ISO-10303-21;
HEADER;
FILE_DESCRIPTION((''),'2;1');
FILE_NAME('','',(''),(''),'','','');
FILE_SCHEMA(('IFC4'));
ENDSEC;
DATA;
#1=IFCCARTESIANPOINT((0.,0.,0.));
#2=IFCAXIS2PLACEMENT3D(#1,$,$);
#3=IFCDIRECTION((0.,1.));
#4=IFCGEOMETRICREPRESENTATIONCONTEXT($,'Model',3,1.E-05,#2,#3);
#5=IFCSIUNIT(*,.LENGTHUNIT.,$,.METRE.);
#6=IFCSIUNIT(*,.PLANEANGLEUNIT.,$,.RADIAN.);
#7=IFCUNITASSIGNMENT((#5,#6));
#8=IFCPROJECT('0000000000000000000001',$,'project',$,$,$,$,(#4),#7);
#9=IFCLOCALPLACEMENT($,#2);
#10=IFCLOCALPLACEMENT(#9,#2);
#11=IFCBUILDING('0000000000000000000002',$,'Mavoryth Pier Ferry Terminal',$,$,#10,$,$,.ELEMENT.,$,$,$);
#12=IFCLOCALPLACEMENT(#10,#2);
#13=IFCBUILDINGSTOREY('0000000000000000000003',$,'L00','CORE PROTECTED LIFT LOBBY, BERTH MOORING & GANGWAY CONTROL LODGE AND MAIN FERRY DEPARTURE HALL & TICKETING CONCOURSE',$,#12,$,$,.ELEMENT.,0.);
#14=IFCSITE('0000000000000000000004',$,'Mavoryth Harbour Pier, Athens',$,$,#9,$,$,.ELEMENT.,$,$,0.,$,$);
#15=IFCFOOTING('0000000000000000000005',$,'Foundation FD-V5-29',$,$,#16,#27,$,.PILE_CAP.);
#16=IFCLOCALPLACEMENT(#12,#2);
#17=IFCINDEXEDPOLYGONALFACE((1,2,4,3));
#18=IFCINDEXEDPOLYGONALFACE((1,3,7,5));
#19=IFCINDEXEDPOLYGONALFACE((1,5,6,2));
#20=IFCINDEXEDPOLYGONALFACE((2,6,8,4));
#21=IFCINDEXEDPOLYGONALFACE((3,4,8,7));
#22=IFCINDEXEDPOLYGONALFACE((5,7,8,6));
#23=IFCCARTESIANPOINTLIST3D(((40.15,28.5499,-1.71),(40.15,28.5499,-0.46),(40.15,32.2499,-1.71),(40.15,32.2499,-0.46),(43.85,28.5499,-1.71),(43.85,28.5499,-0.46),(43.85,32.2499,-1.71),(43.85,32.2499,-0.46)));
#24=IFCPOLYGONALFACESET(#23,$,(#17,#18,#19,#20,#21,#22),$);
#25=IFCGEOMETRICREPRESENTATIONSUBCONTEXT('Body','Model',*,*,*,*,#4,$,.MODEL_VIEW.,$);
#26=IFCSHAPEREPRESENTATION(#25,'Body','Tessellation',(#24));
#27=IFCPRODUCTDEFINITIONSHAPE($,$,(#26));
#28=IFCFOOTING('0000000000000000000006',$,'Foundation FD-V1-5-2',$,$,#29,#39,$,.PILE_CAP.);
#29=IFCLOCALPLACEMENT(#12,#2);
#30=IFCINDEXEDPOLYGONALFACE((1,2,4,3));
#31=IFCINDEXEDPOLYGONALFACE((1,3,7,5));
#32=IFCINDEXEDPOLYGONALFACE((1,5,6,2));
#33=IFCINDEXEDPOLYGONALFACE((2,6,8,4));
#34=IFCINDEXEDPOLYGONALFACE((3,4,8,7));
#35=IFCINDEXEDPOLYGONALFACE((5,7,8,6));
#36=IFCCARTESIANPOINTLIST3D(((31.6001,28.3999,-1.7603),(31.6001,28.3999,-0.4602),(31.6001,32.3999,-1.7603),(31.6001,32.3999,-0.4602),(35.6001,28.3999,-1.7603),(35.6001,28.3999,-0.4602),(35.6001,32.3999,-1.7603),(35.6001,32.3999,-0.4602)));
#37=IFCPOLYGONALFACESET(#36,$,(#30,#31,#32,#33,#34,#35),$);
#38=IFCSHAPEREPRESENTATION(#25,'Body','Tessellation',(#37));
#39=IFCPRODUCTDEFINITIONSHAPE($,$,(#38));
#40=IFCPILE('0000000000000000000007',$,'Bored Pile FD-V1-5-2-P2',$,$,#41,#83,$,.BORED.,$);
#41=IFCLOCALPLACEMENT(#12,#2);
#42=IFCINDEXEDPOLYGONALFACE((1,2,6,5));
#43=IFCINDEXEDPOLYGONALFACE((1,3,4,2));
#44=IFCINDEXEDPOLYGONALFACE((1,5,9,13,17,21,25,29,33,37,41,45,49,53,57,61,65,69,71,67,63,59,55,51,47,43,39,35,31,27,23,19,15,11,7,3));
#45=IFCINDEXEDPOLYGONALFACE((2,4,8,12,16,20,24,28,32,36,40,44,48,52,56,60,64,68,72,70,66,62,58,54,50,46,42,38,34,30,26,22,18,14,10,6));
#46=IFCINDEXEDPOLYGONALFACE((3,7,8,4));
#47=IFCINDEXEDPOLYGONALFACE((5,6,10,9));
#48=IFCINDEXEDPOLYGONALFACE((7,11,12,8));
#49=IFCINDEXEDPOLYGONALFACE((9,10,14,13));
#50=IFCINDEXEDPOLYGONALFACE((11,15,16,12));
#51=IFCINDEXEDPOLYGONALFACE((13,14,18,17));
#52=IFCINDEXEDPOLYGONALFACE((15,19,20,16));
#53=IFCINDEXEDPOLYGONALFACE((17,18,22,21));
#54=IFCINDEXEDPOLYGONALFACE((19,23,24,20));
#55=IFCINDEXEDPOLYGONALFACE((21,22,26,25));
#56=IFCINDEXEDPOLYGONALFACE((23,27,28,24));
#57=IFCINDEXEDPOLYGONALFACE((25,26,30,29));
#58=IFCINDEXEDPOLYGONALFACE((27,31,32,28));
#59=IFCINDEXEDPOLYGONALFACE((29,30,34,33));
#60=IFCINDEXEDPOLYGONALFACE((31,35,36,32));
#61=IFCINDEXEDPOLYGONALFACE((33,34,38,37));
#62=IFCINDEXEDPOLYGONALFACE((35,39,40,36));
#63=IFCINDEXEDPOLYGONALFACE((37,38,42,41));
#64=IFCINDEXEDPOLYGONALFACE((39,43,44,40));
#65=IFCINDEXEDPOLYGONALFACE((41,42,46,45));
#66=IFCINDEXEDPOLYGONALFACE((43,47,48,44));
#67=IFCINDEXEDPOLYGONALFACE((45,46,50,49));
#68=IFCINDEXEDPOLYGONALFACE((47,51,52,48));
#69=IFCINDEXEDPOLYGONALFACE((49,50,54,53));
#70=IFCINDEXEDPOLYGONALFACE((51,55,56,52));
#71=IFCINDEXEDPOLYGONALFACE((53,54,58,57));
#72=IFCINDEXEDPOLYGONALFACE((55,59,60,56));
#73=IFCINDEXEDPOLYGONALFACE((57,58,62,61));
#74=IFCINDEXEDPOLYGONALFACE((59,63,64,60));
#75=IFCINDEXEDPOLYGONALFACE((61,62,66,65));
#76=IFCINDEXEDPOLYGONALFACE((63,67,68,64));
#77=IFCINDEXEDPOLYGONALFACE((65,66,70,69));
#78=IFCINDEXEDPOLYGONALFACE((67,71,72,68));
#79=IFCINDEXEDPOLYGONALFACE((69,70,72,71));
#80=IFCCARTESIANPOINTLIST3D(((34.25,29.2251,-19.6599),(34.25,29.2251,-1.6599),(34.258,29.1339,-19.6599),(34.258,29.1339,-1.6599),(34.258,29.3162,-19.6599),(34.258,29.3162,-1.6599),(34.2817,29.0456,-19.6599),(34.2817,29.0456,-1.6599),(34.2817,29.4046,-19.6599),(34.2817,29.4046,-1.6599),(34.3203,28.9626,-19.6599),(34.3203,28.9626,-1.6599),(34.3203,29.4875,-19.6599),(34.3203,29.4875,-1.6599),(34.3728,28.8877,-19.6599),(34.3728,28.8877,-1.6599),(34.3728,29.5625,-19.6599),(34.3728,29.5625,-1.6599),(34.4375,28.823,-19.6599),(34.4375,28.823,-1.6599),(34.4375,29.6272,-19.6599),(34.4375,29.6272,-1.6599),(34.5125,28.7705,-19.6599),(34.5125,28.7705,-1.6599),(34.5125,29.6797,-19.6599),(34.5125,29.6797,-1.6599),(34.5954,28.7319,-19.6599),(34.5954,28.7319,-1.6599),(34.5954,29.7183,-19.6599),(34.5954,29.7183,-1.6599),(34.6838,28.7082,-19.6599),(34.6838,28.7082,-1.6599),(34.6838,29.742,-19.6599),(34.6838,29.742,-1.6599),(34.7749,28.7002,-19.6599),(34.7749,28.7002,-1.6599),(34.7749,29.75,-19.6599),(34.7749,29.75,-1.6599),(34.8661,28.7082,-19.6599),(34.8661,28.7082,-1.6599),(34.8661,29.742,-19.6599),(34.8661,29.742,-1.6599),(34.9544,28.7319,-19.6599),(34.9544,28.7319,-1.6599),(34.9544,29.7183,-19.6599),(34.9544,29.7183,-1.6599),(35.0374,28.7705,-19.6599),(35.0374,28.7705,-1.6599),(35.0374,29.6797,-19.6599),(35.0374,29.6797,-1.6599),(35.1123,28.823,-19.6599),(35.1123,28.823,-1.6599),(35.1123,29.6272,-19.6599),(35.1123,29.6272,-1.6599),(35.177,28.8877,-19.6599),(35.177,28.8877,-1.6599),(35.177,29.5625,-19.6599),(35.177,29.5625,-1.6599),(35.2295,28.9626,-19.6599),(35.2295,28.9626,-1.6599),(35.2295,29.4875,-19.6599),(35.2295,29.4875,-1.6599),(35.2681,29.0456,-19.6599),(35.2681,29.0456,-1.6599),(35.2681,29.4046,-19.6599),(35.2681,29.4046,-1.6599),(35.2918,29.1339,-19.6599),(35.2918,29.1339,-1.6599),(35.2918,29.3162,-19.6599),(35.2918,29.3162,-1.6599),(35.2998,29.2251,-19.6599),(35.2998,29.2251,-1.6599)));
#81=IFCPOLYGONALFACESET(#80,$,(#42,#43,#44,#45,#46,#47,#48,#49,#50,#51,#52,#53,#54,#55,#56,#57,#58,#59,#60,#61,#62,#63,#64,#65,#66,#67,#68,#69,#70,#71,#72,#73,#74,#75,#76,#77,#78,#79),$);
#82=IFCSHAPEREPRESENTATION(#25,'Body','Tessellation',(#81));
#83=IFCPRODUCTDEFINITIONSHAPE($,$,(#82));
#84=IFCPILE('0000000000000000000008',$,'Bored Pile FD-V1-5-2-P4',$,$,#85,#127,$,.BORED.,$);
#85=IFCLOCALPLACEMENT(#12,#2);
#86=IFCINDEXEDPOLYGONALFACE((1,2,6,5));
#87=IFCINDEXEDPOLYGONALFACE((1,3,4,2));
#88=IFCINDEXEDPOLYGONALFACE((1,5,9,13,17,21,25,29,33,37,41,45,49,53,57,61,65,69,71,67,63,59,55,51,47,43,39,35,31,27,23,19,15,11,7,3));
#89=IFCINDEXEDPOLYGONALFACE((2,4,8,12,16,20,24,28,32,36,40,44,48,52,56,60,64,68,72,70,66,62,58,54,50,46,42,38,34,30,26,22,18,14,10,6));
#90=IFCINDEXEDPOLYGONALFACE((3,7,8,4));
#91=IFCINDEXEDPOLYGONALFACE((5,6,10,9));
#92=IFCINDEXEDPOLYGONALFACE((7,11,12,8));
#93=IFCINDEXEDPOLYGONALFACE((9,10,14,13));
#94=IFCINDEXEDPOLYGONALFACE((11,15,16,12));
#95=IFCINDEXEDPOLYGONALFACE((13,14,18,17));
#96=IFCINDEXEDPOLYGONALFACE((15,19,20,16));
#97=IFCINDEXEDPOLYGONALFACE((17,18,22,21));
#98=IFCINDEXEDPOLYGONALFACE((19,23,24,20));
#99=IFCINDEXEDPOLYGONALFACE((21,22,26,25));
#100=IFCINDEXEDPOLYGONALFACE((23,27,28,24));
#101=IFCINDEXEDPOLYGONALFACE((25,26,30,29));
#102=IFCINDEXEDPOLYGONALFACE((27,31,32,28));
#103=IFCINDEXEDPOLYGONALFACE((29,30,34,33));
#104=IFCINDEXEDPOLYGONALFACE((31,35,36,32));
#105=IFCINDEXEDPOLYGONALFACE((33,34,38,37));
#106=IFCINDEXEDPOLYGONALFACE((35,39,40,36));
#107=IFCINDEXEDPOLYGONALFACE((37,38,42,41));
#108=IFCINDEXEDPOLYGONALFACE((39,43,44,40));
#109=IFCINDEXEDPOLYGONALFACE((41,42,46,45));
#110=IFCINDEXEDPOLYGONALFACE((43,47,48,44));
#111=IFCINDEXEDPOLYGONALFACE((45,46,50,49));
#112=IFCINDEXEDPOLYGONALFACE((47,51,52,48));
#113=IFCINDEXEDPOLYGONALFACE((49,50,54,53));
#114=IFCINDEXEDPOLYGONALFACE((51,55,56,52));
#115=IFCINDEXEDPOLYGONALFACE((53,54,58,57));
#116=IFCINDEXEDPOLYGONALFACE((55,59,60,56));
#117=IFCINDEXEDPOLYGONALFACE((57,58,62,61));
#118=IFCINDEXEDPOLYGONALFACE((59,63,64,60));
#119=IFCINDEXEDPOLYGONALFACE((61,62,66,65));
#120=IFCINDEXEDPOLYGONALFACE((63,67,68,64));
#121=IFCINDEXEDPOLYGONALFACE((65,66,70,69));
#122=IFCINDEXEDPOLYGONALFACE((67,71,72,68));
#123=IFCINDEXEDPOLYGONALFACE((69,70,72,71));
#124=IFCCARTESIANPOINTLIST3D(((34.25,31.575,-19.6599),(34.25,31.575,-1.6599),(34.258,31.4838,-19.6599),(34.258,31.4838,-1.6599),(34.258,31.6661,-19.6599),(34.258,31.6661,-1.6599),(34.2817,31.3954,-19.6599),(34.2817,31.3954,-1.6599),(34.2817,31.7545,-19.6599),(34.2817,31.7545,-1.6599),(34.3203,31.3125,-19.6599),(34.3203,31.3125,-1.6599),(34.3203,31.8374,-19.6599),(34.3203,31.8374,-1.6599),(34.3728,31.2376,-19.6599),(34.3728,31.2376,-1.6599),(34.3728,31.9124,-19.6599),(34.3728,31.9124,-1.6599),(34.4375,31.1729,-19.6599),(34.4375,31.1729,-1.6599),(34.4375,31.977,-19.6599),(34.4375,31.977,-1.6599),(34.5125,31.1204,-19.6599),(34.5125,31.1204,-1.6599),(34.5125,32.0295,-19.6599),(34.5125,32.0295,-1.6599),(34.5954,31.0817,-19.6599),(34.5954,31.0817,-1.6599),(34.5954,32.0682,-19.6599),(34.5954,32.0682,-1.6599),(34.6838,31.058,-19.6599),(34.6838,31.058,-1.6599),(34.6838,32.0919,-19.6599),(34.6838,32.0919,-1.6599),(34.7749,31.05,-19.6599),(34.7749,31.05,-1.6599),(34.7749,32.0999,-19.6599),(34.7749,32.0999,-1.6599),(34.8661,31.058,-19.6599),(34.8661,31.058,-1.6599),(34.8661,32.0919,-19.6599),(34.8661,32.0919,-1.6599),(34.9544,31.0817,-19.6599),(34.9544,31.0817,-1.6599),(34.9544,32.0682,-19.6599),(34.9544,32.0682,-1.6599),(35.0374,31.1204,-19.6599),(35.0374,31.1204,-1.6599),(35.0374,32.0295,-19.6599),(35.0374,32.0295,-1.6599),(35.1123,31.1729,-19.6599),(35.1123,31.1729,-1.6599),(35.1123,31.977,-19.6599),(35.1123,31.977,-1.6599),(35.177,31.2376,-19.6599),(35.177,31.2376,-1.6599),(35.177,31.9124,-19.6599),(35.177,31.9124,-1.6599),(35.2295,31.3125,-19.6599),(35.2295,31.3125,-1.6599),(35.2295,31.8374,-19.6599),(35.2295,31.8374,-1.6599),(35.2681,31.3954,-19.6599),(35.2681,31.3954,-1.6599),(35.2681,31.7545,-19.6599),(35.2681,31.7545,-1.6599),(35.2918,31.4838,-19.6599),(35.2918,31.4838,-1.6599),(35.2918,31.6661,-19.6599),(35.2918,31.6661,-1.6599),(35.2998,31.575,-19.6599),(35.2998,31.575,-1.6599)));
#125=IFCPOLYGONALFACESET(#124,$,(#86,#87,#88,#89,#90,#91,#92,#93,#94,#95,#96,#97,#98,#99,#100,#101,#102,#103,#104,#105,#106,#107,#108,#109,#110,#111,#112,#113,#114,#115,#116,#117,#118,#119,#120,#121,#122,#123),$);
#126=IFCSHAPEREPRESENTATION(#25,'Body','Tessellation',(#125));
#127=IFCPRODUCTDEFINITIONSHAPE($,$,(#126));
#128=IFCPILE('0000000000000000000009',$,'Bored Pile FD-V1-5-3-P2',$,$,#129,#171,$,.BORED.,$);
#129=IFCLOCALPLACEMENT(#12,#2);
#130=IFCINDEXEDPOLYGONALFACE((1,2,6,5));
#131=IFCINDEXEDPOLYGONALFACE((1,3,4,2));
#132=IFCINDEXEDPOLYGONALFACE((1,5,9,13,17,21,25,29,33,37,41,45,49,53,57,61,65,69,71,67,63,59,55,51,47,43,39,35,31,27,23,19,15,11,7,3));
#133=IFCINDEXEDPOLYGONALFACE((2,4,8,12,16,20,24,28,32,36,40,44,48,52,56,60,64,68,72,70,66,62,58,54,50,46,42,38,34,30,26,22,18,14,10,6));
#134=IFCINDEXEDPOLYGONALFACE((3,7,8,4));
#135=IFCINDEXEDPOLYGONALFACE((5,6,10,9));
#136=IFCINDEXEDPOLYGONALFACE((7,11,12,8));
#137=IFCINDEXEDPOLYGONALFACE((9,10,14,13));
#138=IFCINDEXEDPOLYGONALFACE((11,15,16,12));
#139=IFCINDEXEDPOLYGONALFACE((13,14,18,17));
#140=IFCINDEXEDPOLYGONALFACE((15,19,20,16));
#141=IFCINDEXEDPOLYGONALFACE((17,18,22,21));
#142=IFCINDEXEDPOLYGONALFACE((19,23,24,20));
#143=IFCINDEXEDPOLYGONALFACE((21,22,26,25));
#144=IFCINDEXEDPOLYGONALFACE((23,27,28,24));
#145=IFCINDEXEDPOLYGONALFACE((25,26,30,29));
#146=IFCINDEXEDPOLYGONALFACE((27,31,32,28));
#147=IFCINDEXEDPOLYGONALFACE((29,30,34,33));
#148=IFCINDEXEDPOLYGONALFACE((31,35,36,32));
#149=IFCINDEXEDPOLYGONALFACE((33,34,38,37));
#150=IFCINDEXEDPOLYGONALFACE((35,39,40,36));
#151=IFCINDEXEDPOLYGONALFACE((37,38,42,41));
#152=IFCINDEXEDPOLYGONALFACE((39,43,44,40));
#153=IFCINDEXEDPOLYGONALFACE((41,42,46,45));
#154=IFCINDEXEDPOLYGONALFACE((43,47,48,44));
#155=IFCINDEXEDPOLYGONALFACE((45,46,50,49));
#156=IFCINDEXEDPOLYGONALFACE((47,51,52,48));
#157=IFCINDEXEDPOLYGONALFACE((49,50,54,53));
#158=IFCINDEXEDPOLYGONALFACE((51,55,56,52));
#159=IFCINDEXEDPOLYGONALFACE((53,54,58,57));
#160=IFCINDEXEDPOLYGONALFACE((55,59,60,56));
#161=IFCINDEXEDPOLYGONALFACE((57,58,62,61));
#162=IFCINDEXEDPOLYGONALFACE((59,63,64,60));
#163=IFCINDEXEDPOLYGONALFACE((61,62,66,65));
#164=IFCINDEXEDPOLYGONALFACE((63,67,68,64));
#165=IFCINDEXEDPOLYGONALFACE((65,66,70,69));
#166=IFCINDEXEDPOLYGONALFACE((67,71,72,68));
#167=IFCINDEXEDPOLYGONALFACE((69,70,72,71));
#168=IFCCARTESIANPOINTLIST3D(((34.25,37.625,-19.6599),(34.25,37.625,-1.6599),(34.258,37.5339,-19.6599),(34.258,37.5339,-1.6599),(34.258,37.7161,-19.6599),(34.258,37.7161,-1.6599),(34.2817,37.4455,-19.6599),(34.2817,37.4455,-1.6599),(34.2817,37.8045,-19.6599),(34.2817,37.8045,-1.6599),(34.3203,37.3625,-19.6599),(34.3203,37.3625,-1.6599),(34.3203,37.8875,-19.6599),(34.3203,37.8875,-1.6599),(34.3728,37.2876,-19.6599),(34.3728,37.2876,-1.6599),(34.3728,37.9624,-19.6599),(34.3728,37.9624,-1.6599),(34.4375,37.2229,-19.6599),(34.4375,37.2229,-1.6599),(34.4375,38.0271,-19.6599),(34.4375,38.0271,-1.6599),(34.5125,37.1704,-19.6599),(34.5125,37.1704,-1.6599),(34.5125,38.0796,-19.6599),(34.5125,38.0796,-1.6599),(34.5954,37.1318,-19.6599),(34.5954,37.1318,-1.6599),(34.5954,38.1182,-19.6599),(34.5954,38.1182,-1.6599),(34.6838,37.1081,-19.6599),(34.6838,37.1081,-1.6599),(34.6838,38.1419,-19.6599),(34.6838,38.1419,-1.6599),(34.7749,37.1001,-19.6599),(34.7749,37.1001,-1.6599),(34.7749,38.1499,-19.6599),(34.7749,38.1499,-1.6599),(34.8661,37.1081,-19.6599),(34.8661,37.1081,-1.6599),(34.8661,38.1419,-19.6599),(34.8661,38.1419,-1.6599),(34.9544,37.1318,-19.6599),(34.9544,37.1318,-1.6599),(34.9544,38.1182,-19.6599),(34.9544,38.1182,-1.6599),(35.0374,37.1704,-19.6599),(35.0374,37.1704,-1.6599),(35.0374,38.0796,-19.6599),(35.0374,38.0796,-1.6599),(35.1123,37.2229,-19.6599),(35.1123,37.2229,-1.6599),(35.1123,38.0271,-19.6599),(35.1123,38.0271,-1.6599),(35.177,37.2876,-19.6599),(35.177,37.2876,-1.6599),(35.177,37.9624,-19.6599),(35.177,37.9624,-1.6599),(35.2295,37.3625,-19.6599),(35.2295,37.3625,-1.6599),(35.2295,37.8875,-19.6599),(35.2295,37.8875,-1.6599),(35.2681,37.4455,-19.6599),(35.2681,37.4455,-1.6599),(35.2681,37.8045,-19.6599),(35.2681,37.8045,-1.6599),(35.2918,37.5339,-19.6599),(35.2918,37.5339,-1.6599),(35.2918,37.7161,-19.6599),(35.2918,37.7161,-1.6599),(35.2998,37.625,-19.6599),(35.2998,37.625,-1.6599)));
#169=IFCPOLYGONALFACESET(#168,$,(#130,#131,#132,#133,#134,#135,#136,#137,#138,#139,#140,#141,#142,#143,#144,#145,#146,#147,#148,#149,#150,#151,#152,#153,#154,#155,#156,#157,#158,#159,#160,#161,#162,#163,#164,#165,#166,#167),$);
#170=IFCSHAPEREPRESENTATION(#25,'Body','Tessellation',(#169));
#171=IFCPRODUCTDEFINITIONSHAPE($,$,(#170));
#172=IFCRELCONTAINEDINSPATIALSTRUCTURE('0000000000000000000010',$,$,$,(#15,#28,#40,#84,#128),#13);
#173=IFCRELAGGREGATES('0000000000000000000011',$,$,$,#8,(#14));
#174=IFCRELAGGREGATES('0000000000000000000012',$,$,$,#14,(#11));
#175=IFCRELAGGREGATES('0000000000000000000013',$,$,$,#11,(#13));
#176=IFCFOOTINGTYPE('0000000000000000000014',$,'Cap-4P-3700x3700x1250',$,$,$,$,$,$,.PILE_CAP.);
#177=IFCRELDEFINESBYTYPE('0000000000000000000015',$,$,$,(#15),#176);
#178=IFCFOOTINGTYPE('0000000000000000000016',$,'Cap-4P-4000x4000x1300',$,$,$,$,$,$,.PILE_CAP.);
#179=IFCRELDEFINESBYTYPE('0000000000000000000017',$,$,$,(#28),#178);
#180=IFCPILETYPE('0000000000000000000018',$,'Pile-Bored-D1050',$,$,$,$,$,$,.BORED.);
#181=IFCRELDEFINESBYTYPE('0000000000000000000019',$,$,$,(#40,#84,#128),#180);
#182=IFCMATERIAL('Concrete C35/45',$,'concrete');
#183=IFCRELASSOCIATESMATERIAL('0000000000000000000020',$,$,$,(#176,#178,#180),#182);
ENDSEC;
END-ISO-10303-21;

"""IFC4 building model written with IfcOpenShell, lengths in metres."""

from ifc_helpers import new_model, si_unit, direction, frame, origin, origin_2d, place, context, subcontext, project, spatial, rectangle, circle, extrude, material, material_profile, profile_set, type_object, element, save


model = new_model("IFC4")

# Units and contexts
model_context = context("Model", 3, precision=1e-05, world=origin(), true_north=direction((0.0, 1.0)))
body_context = subcontext(model_context, "Body", "Model", "MODEL_VIEW")
ifc_project = project(units=[si_unit("LENGTHUNIT", "METRE"), si_unit("PLANEANGLEUNIT", "RADIAN")], contexts=[model_context])

# Site, building, storey
site_placement = place(None, origin())
site = spatial("IfcSite", under=ifc_project, at=site_placement, Name="Mavoryth Harbour Pier, Athens", CompositionType="ELEMENT", RefElevation=0.0)
building_placement = place(site_placement, origin())
building = spatial("IfcBuilding", under=site, at=building_placement, Name="Mavoryth Pier Ferry Terminal", CompositionType="ELEMENT")
storey_placement = place(building_placement, origin())
storey = spatial("IfcBuildingStorey", under=building, at=storey_placement, Name="L00", Description="CORE PROTECTED LIFT LOBBY, BERTH MOORING & GANGWAY CONTROL LODGE AND MAIN FERRY DEPARTURE HALL & TICKETING CONCOURSE", CompositionType="ELEMENT", Elevation=0.0)

# Footings
ifc_material_1 = material(Name="Concrete C35/45", Category="concrete")
footing_type_1 = type_object("IfcFootingType", Name="Cap-4P-3700x3700x1250", PredefinedType="PILE_CAP", material=ifc_material_1)
footing_1_placement = place(storey_placement, frame((42.0, 30.3999, -1.71), z_axis=(0.0, 0.0, 1.0), x_axis=(1.0, 0.0, 0.0)))
element("IfcFooting", 1, at=footing_1_placement, inside=storey, type_object=footing_type_1, Name="Foundation FD-V5-29", PredefinedType="PILE_CAP", context=body_context, shape_type="SweptSolid", body=[
    extrude(rectangle(XDim=3.7, YDim=3.7, at=origin_2d()), origin(), (0.0, 0.0, 1.0), 1.25),
])
footing_type_2 = type_object("IfcFootingType", Name="Cap-4P-4000x4000x1300", PredefinedType="PILE_CAP", material=ifc_material_1)
footing_2_placement = place(storey_placement, frame((33.6001, 30.3999, -1.7603), z_axis=(0.0, 0.0, 1.0), x_axis=(1.0, 0.0, 0.0)))
element("IfcFooting", 2, at=footing_2_placement, inside=storey, type_object=footing_type_2, Name="Foundation FD-V1-5-2", PredefinedType="PILE_CAP", context=body_context, shape_type="SweptSolid", body=[
    extrude(rectangle(XDim=4.0, YDim=4.0, at=origin_2d()), origin(), (0.0, 0.0, 1.0), 1.3),
])

# Piles
ifc_material_profile_1 = material_profile(ifc_material_1, circle(Radius=0.5249, at=origin_2d()), Name="PILE D1050", Category="concrete")
ifc_profile_set_1 = profile_set([ifc_material_profile_1], Name="Concrete C35/45 - PILE D1050")
pile_type_1 = type_object("IfcPileType", Name="Pile-Bored-D1050", PredefinedType="BORED", material=ifc_profile_set_1)
for number, where, z_axis, x_axis, name in (
    (3, (34.7749, 29.2251, -1.6599), (0.0, 0.0, -1.0), (1.0, 0.0, 0.0), "Bored Pile FD-V1-5-2-P2"),
    (4, (34.7749, 31.575, -1.6599), (0.0, 0.0, -1.0), (1.0, 0.0, 0.0), "Bored Pile FD-V1-5-2-P4"),
    (5, (34.7749, 37.625, -1.6599), (0.0, 0.0, -1.0), (1.0, 0.0, 0.0), "Bored Pile FD-V1-5-3-P2"),
):
    element("IfcPile", number, at=place(storey_placement, frame(where, z_axis=z_axis, x_axis=x_axis)), inside=storey, type_object=pile_type_1, Name=name, PredefinedType="BORED", context=body_context, shape_type="SweptSolid", body=[
        extrude(circle(Radius=0.5249, at=origin_2d()), origin(), (0.0, 0.0, 1.0), 18.0),
    ])

save(model, "model.ifc")
